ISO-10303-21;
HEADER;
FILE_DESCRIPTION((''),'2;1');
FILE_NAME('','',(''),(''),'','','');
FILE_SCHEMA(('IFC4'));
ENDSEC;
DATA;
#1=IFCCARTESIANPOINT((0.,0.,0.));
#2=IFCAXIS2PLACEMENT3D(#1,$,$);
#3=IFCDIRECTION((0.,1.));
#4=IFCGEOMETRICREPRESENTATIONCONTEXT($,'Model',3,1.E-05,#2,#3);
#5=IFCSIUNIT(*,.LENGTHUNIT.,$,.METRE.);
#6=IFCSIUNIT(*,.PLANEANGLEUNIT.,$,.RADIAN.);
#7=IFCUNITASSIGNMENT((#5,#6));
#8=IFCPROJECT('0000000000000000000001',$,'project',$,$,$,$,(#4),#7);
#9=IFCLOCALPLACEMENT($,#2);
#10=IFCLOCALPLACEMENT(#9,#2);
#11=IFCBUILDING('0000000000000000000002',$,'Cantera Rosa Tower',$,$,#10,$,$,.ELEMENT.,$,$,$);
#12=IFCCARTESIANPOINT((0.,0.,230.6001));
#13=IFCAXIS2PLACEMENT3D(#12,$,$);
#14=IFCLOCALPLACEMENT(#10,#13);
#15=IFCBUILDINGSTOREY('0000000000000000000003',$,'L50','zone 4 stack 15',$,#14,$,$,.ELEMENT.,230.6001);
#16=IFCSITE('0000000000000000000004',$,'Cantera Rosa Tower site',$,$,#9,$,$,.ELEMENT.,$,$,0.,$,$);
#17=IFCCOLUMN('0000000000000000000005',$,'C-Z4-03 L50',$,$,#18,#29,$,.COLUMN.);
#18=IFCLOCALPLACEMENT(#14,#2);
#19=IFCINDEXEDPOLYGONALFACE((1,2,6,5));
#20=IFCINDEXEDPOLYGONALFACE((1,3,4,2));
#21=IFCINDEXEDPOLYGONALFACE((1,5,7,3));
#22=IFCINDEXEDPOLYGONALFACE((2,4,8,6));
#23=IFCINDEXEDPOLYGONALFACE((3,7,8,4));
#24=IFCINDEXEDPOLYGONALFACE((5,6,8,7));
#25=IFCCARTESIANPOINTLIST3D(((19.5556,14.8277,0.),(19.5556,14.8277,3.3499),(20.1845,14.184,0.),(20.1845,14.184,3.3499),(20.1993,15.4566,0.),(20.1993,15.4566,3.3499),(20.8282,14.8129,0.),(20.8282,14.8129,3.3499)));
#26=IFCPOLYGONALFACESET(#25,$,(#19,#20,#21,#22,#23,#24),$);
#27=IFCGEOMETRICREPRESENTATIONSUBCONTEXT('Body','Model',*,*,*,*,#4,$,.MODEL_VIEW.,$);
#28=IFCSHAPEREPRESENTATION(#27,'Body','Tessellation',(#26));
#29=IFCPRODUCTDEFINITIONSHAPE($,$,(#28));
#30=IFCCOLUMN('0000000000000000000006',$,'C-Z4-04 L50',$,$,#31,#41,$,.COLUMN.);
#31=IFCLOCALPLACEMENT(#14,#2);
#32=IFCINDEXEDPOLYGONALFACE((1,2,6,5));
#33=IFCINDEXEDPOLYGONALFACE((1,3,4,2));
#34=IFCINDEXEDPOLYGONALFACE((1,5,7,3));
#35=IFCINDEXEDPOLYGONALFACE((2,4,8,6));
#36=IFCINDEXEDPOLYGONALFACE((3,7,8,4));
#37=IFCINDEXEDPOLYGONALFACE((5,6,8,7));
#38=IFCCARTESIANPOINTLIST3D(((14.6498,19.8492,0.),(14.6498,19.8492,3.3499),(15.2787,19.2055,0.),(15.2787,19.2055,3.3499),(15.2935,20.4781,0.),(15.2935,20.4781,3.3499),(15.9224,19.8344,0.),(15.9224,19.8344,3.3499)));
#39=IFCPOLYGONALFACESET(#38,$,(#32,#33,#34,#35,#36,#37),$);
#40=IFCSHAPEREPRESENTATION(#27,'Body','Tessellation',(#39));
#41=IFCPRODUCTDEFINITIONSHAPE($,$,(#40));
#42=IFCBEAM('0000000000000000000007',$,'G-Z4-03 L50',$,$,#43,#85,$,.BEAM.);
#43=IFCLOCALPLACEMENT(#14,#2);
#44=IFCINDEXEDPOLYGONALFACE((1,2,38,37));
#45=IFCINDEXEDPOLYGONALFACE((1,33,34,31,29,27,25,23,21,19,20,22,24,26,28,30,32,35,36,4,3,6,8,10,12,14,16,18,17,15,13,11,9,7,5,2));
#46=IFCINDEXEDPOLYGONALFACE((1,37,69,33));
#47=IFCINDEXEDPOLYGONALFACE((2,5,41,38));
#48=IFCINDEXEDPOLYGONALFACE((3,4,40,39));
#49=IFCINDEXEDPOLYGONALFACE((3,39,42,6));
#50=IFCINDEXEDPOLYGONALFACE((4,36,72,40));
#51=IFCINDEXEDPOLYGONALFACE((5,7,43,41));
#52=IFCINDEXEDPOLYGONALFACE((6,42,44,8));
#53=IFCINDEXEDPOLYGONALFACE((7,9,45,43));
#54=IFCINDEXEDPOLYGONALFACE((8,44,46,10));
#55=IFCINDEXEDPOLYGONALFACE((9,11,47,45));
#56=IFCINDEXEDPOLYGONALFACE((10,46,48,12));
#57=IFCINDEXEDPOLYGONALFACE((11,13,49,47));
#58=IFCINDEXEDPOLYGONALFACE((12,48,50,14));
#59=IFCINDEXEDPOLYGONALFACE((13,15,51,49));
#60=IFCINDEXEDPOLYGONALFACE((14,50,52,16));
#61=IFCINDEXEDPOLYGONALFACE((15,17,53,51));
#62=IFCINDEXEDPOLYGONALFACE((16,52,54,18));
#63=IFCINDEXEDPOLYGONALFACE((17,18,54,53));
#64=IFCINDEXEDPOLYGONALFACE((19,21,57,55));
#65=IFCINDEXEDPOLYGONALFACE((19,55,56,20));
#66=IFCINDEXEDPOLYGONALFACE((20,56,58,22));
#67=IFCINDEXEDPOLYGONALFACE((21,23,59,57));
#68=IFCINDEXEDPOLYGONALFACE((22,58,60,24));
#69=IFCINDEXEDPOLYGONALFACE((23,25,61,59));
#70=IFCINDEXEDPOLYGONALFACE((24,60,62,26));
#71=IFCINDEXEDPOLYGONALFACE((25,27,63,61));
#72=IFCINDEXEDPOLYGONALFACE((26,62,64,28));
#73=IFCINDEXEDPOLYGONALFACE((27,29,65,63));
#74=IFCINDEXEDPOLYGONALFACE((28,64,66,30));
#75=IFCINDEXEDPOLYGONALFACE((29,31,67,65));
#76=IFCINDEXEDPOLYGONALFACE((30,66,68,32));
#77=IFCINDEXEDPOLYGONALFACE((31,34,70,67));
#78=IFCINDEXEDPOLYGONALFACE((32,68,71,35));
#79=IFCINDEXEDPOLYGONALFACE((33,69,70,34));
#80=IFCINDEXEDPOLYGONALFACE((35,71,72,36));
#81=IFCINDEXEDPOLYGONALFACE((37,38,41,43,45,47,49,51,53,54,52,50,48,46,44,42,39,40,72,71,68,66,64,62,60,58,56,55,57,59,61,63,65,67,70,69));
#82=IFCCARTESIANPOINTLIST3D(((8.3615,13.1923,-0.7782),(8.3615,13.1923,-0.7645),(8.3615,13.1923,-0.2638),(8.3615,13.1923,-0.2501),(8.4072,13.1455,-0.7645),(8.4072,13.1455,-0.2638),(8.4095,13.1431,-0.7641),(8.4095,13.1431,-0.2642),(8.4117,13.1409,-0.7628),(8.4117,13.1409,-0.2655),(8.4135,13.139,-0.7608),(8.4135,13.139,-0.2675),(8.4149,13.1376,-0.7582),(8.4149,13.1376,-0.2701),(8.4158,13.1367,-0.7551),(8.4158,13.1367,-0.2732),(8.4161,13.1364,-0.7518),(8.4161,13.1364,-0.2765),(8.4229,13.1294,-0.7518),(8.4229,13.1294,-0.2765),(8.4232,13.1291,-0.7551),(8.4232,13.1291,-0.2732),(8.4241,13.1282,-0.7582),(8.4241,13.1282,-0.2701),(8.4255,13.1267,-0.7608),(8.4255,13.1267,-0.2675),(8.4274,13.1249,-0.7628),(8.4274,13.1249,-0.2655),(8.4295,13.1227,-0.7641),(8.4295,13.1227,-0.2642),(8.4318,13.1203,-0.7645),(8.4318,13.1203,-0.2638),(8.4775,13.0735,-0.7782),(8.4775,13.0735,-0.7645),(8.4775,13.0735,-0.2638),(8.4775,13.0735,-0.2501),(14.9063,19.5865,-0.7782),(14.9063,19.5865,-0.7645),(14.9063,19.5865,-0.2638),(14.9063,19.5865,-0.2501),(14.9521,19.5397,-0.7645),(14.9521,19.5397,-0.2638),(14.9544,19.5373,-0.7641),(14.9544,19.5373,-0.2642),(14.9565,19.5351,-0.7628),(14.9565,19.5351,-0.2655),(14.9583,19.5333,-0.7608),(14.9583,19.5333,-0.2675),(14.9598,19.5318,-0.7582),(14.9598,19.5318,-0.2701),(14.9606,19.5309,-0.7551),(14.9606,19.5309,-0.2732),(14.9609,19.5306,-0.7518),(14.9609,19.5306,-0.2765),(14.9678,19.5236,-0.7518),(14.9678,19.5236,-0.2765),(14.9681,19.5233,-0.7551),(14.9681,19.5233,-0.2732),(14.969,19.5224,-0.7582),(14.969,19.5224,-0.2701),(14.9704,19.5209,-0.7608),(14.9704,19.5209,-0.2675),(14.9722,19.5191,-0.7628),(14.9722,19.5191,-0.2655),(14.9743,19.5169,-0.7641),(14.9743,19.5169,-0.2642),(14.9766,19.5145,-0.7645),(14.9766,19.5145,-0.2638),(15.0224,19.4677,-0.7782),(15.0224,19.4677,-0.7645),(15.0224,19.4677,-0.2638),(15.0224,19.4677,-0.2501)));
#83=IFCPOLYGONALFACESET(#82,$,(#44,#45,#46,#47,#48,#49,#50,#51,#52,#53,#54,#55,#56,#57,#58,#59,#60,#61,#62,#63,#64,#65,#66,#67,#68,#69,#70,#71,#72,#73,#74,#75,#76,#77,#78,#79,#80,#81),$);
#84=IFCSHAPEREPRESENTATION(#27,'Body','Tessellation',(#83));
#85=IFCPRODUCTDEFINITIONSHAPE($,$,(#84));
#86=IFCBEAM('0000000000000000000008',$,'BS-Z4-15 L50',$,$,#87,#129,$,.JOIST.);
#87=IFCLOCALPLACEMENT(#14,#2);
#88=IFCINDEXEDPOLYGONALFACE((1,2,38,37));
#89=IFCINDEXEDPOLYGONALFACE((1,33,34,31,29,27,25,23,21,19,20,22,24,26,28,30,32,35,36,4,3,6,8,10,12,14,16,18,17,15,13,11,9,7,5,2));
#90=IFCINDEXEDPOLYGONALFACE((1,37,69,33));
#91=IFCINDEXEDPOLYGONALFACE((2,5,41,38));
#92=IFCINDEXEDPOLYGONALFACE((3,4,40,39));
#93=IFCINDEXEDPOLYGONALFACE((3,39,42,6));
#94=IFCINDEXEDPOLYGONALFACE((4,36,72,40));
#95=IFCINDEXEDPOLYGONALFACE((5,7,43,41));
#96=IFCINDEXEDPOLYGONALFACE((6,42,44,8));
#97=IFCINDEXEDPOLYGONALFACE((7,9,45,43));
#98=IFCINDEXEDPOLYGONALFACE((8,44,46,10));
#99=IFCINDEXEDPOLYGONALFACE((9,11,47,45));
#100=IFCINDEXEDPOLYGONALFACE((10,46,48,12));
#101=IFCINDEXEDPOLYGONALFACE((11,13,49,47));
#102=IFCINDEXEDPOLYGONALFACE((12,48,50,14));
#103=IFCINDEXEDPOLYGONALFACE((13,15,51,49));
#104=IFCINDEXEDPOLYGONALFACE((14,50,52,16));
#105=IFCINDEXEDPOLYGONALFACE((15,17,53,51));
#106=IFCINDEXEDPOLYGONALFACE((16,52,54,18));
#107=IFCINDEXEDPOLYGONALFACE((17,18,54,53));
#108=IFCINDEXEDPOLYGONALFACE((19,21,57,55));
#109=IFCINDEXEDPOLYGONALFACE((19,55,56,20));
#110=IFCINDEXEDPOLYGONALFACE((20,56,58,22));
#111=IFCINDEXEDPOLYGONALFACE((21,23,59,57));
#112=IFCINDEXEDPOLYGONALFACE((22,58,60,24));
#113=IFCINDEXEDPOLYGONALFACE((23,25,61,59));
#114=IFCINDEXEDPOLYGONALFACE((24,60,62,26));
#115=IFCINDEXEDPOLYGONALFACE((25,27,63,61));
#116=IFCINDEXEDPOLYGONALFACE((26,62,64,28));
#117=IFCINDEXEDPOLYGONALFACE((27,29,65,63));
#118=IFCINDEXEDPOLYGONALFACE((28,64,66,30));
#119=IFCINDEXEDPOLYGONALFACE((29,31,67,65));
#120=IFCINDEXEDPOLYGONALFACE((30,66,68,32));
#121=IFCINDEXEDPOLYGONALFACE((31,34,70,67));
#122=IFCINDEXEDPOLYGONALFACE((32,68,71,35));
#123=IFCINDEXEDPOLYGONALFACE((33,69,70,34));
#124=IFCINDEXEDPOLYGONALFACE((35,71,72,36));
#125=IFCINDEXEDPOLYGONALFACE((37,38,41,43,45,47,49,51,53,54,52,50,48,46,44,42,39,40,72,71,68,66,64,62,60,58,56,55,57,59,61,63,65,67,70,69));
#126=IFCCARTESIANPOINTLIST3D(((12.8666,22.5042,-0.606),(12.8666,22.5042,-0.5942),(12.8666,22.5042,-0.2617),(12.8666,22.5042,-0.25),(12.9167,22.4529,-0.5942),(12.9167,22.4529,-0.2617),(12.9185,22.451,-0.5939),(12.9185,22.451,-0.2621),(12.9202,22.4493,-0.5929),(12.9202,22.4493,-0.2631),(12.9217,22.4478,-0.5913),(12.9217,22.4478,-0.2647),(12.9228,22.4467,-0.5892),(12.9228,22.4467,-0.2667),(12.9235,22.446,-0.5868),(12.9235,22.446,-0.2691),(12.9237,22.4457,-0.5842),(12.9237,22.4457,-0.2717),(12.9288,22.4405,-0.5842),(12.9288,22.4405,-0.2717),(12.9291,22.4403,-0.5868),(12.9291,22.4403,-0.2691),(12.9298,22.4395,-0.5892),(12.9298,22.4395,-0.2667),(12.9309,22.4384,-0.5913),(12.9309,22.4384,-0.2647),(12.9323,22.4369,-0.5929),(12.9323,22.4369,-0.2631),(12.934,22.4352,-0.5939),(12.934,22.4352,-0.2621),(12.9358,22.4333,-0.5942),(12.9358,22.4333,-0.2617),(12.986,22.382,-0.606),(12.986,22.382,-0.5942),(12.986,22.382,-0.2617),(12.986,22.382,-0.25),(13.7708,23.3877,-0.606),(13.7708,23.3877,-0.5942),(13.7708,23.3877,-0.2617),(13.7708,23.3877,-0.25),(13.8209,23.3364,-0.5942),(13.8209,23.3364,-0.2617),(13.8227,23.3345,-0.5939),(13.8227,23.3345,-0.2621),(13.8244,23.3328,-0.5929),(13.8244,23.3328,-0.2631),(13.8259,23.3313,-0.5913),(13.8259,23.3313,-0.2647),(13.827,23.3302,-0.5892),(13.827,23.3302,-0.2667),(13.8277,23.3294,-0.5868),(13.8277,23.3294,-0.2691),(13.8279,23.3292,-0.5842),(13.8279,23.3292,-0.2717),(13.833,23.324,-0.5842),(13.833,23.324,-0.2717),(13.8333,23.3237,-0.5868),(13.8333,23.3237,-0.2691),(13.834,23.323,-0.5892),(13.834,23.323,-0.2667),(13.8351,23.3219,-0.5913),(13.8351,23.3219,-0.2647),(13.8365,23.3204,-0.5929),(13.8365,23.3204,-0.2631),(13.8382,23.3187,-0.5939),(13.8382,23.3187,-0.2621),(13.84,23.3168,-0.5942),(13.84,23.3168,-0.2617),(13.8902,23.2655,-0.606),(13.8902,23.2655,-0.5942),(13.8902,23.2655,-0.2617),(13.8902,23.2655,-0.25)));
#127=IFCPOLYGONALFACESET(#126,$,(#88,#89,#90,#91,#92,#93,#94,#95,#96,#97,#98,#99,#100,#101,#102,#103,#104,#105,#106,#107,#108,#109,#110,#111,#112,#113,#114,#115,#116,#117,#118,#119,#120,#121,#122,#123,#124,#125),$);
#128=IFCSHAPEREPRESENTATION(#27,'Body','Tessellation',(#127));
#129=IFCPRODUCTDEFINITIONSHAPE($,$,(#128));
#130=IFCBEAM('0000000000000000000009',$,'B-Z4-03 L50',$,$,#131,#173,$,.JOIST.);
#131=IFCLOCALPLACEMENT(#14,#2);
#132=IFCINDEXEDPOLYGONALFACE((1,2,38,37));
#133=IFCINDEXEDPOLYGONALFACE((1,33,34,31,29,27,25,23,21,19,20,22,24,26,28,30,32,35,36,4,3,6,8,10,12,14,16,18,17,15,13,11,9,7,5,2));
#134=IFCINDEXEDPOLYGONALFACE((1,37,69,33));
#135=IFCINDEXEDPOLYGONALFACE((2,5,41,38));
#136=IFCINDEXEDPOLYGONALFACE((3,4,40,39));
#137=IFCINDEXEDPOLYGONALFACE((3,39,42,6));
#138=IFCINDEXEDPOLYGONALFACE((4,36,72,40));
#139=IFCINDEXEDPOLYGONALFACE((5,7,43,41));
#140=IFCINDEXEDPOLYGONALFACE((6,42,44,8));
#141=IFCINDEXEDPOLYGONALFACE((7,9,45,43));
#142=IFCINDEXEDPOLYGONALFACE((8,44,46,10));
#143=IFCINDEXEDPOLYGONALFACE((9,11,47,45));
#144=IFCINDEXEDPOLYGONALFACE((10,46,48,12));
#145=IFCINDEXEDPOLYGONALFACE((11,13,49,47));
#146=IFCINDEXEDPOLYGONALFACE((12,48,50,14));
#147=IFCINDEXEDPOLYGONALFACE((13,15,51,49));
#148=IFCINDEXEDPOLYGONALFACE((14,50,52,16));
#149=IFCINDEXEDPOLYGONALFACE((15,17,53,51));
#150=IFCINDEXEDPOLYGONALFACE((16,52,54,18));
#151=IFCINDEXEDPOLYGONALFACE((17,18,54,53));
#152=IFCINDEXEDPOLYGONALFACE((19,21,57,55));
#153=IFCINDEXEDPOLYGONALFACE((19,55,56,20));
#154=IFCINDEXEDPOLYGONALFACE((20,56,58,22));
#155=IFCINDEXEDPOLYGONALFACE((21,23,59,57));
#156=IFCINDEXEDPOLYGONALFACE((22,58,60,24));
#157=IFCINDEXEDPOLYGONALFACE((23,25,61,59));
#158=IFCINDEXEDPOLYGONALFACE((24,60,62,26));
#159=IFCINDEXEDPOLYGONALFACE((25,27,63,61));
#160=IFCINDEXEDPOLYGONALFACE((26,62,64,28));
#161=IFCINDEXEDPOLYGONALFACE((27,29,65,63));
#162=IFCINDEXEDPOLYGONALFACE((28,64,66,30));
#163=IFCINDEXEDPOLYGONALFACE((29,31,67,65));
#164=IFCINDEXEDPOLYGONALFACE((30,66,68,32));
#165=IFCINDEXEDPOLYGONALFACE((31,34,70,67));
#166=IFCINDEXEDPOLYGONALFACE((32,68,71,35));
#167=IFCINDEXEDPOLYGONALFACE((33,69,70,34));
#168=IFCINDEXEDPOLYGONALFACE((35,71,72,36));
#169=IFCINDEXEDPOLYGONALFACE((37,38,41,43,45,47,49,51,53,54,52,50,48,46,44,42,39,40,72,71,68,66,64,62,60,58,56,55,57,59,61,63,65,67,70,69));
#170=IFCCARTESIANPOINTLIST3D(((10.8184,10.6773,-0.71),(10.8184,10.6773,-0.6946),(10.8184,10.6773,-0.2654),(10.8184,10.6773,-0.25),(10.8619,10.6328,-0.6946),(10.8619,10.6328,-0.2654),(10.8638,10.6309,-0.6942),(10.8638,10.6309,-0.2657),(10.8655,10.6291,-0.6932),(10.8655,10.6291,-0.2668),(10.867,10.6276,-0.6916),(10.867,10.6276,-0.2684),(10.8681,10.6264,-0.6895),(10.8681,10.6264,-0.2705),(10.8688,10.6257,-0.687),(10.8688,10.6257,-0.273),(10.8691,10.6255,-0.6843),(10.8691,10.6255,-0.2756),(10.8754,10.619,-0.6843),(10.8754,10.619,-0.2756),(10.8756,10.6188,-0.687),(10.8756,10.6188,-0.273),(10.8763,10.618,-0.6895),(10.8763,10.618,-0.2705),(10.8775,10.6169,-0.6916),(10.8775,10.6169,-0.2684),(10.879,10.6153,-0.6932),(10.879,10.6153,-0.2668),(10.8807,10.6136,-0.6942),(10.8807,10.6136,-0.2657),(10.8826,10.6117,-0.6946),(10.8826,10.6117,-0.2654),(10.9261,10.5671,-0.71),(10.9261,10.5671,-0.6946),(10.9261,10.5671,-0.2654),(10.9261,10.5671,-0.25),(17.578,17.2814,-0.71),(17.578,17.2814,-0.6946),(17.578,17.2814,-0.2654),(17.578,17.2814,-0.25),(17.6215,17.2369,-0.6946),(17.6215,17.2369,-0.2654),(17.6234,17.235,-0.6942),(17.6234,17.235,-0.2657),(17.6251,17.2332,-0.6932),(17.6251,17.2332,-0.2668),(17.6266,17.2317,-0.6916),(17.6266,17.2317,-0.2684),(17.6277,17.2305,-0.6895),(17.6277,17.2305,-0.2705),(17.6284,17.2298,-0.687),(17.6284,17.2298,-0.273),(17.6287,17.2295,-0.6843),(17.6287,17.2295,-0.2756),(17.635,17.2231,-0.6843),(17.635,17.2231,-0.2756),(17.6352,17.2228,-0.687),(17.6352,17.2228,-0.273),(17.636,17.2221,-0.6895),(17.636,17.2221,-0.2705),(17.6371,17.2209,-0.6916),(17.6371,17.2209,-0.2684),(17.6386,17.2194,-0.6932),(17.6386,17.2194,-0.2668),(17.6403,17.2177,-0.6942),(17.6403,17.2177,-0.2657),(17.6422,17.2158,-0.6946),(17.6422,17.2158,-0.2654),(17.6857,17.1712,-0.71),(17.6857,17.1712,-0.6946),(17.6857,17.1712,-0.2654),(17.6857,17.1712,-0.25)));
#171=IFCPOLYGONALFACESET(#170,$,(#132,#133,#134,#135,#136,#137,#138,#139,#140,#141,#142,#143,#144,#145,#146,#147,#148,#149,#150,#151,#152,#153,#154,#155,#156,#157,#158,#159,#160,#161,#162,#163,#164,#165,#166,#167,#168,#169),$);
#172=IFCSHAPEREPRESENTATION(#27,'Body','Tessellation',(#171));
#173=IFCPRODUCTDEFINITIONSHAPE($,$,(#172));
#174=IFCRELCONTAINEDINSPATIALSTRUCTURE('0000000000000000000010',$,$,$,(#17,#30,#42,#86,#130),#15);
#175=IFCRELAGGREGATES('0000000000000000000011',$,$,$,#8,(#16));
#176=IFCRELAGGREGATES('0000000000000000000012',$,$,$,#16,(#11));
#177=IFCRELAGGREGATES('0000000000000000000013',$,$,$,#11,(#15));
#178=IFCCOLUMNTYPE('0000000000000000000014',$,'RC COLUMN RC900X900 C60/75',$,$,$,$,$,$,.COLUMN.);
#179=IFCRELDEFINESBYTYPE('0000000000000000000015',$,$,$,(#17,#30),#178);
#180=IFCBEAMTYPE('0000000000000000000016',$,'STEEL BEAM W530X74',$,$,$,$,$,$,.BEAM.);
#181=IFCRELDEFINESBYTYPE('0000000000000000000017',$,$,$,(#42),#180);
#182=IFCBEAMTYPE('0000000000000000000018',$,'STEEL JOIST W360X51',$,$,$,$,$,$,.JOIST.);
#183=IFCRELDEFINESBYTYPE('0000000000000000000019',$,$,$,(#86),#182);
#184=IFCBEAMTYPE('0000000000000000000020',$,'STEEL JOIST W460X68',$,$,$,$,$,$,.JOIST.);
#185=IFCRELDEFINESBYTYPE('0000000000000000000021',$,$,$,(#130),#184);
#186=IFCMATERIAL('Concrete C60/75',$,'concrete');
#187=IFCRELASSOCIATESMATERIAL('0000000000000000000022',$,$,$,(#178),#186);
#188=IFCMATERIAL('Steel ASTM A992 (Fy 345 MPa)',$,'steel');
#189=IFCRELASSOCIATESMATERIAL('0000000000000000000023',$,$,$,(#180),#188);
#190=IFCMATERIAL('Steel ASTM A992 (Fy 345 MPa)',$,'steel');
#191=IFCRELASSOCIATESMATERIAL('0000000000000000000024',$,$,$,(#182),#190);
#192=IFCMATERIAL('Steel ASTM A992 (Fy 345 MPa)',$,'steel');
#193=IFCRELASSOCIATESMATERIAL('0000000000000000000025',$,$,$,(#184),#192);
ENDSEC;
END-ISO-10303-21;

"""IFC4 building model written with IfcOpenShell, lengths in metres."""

from ifc_helpers import new_model, si_unit, direction, frame, origin, origin_2d, place, context, subcontext, project, spatial, rectangle, i_section, extrude, material, material_profile, profile_set, type_object, element, save


model = new_model("IFC4")

# Units and contexts
model_context = context("Model", 3, precision=1e-05, world=origin(), true_north=direction((0.0, 1.0)))
body_context = subcontext(model_context, "Body", "Model", "MODEL_VIEW")
ifc_project = project(units=[si_unit("LENGTHUNIT", "METRE"), si_unit("PLANEANGLEUNIT", "RADIAN")], contexts=[model_context])

# Site, building, storey
site_placement = place(None, origin())
site = spatial("IfcSite", under=ifc_project, at=site_placement, Name="Cantera Rosa Tower site", CompositionType="ELEMENT", RefElevation=0.0)
building_placement = place(site_placement, origin())
building = spatial("IfcBuilding", under=site, at=building_placement, Name="Cantera Rosa Tower", CompositionType="ELEMENT")
storey_placement = place(building_placement, frame((0.0, 0.0, 230.6001)))
storey = spatial("IfcBuildingStorey", under=building, at=storey_placement, Name="L50", Description="zone 4 stack 15", CompositionType="ELEMENT", Elevation=230.6001)

# Columns
ifc_material_1 = material(Name="Concrete C60/75", Category="concrete")
ifc_material_profile_1 = material_profile(ifc_material_1, rectangle(XDim=0.8999, YDim=0.8999, at=origin_2d()), Name="RC COLUMN RC900X900 C60/75")
ifc_profile_set_1 = profile_set([ifc_material_profile_1], Name="Concrete C60/75")
column_type = type_object("IfcColumnType", Name="RC COLUMN RC900X900 C60/75", PredefinedType="COLUMN", material=ifc_profile_set_1)
for number, where, z_axis, x_axis, name in (
    (1, (20.1919, 14.8203, 0.0), (0.0, 0.0, 1.0), (0.715286, 0.698832, 0.0), "C-Z4-03 L50"),
    (2, (15.2861, 19.8418, 0.0), (0.0, 0.0, 1.0), (0.715286, 0.698832, 0.0), "C-Z4-04 L50"),
):
    element("IfcColumn", number, at=place(storey_placement, frame(where, z_axis=z_axis, x_axis=x_axis)), inside=storey, type_object=column_type, Name=name, PredefinedType="COLUMN", context=body_context, shape_type="SweptSolid", body=[
        extrude(rectangle(XDim=0.8999, YDim=0.8999, at=origin_2d()), origin(), (0.0, 0.0, 1.0), 3.3499),
    ])

# Beams
ifc_material_2 = material(Name="Steel ASTM A992 (Fy 345 MPa)", Category="steel")
ifc_material_profile_2 = material_profile(ifc_material_2, i_section(OverallWidth=0.166, OverallDepth=0.5281, WebThickness=0.0098, FlangeThickness=0.0137, FilletRadius=0.0127, at=origin_2d()), Name="W530X74")
ifc_profile_set_2 = profile_set([ifc_material_profile_2], Name="Steel ASTM A992 (Fy 345 MPa)")
beam_type_1 = type_object("IfcBeamType", Name="STEEL BEAM W530X74", PredefinedType="BEAM", material=ifc_profile_set_2)
beam_1_placement = place(storey_placement, frame((14.9644, 19.5271, -0.5142), z_axis=(-0.71529, -0.698827, 0.0), x_axis=(0.698827, -0.71529, 0.0)))
element("IfcBeam", 3, at=beam_1_placement, inside=storey, type_object=beam_type_1, Name="G-Z4-03 L50", PredefinedType="BEAM", context=body_context, shape_type="SweptSolid", body=[
    extrude(i_section(OverallWidth=0.166, OverallDepth=0.5281, WebThickness=0.0098, FlangeThickness=0.0137, FilletRadius=0.0127, at=origin_2d()), origin(), (0.0, 0.0, 1.0), 9.1499),
])
ifc_material_3 = material(Name="Steel ASTM A992 (Fy 345 MPa)", Category="steel")
ifc_material_profile_3 = material_profile(ifc_material_3, i_section(OverallWidth=0.1709, OverallDepth=0.356, WebThickness=0.0073, FlangeThickness=0.0117, FilletRadius=0.01, at=origin_2d()), Name="W360X51")
ifc_profile_set_3 = profile_set([ifc_material_profile_3], Name="Steel ASTM A992 (Fy 345 MPa)")
beam_type_2 = type_object("IfcBeamType", Name="STEEL JOIST W360X51", PredefinedType="JOIST", material=ifc_profile_set_3)
beam_2_placement = place(storey_placement, frame((12.9263, 22.4431, -0.428), z_axis=(0.715266, 0.698852, 0.0), x_axis=(-0.698852, 0.715266, 0.0)))
element("IfcBeam", 4, at=beam_2_placement, inside=storey, type_object=beam_type_2, Name="BS-Z4-15 L50", PredefinedType="JOIST", context=body_context, shape_type="SweptSolid", body=[
    extrude(i_section(OverallWidth=0.1709, OverallDepth=0.356, WebThickness=0.0073, FlangeThickness=0.0117, FilletRadius=0.01, at=origin_2d()), origin(), (0.0, 0.0, 1.0), 1.2642),
])
ifc_material_4 = material(Name="Steel ASTM A992 (Fy 345 MPa)", Category="steel")
ifc_material_profile_4 = material_profile(ifc_material_4, i_section(OverallWidth=0.1541, OverallDepth=0.46, WebThickness=0.009, FlangeThickness=0.0154, FilletRadius=0.0103, at=origin_2d()), Name="W460X68")
ifc_profile_set_4 = profile_set([ifc_material_profile_4], Name="Steel ASTM A992 (Fy 345 MPa)")
beam_type_3 = type_object("IfcBeamType", Name="STEEL JOIST W460X68", PredefinedType="JOIST", material=ifc_profile_set_4)
for number, where, z_axis, x_axis, name in (
    (5, (17.6318, 17.2263, -0.48), (-0.715287, -0.698831, 0.0), (0.698831, -0.715287, 0.0), "B-Z4-03 L50"),
):
    element("IfcBeam", number, at=place(storey_placement, frame(where, z_axis=z_axis, x_axis=x_axis)), inside=storey, type_object=beam_type_3, Name=name, PredefinedType="JOIST", context=body_context, shape_type="SweptSolid", body=[
        extrude(i_section(OverallWidth=0.1541, OverallDepth=0.46, WebThickness=0.009, FlangeThickness=0.0154, FilletRadius=0.0103, at=origin_2d()), origin(), (0.0, 0.0, 1.0), 9.4502),
    ])

save(model, "model.ifc")
